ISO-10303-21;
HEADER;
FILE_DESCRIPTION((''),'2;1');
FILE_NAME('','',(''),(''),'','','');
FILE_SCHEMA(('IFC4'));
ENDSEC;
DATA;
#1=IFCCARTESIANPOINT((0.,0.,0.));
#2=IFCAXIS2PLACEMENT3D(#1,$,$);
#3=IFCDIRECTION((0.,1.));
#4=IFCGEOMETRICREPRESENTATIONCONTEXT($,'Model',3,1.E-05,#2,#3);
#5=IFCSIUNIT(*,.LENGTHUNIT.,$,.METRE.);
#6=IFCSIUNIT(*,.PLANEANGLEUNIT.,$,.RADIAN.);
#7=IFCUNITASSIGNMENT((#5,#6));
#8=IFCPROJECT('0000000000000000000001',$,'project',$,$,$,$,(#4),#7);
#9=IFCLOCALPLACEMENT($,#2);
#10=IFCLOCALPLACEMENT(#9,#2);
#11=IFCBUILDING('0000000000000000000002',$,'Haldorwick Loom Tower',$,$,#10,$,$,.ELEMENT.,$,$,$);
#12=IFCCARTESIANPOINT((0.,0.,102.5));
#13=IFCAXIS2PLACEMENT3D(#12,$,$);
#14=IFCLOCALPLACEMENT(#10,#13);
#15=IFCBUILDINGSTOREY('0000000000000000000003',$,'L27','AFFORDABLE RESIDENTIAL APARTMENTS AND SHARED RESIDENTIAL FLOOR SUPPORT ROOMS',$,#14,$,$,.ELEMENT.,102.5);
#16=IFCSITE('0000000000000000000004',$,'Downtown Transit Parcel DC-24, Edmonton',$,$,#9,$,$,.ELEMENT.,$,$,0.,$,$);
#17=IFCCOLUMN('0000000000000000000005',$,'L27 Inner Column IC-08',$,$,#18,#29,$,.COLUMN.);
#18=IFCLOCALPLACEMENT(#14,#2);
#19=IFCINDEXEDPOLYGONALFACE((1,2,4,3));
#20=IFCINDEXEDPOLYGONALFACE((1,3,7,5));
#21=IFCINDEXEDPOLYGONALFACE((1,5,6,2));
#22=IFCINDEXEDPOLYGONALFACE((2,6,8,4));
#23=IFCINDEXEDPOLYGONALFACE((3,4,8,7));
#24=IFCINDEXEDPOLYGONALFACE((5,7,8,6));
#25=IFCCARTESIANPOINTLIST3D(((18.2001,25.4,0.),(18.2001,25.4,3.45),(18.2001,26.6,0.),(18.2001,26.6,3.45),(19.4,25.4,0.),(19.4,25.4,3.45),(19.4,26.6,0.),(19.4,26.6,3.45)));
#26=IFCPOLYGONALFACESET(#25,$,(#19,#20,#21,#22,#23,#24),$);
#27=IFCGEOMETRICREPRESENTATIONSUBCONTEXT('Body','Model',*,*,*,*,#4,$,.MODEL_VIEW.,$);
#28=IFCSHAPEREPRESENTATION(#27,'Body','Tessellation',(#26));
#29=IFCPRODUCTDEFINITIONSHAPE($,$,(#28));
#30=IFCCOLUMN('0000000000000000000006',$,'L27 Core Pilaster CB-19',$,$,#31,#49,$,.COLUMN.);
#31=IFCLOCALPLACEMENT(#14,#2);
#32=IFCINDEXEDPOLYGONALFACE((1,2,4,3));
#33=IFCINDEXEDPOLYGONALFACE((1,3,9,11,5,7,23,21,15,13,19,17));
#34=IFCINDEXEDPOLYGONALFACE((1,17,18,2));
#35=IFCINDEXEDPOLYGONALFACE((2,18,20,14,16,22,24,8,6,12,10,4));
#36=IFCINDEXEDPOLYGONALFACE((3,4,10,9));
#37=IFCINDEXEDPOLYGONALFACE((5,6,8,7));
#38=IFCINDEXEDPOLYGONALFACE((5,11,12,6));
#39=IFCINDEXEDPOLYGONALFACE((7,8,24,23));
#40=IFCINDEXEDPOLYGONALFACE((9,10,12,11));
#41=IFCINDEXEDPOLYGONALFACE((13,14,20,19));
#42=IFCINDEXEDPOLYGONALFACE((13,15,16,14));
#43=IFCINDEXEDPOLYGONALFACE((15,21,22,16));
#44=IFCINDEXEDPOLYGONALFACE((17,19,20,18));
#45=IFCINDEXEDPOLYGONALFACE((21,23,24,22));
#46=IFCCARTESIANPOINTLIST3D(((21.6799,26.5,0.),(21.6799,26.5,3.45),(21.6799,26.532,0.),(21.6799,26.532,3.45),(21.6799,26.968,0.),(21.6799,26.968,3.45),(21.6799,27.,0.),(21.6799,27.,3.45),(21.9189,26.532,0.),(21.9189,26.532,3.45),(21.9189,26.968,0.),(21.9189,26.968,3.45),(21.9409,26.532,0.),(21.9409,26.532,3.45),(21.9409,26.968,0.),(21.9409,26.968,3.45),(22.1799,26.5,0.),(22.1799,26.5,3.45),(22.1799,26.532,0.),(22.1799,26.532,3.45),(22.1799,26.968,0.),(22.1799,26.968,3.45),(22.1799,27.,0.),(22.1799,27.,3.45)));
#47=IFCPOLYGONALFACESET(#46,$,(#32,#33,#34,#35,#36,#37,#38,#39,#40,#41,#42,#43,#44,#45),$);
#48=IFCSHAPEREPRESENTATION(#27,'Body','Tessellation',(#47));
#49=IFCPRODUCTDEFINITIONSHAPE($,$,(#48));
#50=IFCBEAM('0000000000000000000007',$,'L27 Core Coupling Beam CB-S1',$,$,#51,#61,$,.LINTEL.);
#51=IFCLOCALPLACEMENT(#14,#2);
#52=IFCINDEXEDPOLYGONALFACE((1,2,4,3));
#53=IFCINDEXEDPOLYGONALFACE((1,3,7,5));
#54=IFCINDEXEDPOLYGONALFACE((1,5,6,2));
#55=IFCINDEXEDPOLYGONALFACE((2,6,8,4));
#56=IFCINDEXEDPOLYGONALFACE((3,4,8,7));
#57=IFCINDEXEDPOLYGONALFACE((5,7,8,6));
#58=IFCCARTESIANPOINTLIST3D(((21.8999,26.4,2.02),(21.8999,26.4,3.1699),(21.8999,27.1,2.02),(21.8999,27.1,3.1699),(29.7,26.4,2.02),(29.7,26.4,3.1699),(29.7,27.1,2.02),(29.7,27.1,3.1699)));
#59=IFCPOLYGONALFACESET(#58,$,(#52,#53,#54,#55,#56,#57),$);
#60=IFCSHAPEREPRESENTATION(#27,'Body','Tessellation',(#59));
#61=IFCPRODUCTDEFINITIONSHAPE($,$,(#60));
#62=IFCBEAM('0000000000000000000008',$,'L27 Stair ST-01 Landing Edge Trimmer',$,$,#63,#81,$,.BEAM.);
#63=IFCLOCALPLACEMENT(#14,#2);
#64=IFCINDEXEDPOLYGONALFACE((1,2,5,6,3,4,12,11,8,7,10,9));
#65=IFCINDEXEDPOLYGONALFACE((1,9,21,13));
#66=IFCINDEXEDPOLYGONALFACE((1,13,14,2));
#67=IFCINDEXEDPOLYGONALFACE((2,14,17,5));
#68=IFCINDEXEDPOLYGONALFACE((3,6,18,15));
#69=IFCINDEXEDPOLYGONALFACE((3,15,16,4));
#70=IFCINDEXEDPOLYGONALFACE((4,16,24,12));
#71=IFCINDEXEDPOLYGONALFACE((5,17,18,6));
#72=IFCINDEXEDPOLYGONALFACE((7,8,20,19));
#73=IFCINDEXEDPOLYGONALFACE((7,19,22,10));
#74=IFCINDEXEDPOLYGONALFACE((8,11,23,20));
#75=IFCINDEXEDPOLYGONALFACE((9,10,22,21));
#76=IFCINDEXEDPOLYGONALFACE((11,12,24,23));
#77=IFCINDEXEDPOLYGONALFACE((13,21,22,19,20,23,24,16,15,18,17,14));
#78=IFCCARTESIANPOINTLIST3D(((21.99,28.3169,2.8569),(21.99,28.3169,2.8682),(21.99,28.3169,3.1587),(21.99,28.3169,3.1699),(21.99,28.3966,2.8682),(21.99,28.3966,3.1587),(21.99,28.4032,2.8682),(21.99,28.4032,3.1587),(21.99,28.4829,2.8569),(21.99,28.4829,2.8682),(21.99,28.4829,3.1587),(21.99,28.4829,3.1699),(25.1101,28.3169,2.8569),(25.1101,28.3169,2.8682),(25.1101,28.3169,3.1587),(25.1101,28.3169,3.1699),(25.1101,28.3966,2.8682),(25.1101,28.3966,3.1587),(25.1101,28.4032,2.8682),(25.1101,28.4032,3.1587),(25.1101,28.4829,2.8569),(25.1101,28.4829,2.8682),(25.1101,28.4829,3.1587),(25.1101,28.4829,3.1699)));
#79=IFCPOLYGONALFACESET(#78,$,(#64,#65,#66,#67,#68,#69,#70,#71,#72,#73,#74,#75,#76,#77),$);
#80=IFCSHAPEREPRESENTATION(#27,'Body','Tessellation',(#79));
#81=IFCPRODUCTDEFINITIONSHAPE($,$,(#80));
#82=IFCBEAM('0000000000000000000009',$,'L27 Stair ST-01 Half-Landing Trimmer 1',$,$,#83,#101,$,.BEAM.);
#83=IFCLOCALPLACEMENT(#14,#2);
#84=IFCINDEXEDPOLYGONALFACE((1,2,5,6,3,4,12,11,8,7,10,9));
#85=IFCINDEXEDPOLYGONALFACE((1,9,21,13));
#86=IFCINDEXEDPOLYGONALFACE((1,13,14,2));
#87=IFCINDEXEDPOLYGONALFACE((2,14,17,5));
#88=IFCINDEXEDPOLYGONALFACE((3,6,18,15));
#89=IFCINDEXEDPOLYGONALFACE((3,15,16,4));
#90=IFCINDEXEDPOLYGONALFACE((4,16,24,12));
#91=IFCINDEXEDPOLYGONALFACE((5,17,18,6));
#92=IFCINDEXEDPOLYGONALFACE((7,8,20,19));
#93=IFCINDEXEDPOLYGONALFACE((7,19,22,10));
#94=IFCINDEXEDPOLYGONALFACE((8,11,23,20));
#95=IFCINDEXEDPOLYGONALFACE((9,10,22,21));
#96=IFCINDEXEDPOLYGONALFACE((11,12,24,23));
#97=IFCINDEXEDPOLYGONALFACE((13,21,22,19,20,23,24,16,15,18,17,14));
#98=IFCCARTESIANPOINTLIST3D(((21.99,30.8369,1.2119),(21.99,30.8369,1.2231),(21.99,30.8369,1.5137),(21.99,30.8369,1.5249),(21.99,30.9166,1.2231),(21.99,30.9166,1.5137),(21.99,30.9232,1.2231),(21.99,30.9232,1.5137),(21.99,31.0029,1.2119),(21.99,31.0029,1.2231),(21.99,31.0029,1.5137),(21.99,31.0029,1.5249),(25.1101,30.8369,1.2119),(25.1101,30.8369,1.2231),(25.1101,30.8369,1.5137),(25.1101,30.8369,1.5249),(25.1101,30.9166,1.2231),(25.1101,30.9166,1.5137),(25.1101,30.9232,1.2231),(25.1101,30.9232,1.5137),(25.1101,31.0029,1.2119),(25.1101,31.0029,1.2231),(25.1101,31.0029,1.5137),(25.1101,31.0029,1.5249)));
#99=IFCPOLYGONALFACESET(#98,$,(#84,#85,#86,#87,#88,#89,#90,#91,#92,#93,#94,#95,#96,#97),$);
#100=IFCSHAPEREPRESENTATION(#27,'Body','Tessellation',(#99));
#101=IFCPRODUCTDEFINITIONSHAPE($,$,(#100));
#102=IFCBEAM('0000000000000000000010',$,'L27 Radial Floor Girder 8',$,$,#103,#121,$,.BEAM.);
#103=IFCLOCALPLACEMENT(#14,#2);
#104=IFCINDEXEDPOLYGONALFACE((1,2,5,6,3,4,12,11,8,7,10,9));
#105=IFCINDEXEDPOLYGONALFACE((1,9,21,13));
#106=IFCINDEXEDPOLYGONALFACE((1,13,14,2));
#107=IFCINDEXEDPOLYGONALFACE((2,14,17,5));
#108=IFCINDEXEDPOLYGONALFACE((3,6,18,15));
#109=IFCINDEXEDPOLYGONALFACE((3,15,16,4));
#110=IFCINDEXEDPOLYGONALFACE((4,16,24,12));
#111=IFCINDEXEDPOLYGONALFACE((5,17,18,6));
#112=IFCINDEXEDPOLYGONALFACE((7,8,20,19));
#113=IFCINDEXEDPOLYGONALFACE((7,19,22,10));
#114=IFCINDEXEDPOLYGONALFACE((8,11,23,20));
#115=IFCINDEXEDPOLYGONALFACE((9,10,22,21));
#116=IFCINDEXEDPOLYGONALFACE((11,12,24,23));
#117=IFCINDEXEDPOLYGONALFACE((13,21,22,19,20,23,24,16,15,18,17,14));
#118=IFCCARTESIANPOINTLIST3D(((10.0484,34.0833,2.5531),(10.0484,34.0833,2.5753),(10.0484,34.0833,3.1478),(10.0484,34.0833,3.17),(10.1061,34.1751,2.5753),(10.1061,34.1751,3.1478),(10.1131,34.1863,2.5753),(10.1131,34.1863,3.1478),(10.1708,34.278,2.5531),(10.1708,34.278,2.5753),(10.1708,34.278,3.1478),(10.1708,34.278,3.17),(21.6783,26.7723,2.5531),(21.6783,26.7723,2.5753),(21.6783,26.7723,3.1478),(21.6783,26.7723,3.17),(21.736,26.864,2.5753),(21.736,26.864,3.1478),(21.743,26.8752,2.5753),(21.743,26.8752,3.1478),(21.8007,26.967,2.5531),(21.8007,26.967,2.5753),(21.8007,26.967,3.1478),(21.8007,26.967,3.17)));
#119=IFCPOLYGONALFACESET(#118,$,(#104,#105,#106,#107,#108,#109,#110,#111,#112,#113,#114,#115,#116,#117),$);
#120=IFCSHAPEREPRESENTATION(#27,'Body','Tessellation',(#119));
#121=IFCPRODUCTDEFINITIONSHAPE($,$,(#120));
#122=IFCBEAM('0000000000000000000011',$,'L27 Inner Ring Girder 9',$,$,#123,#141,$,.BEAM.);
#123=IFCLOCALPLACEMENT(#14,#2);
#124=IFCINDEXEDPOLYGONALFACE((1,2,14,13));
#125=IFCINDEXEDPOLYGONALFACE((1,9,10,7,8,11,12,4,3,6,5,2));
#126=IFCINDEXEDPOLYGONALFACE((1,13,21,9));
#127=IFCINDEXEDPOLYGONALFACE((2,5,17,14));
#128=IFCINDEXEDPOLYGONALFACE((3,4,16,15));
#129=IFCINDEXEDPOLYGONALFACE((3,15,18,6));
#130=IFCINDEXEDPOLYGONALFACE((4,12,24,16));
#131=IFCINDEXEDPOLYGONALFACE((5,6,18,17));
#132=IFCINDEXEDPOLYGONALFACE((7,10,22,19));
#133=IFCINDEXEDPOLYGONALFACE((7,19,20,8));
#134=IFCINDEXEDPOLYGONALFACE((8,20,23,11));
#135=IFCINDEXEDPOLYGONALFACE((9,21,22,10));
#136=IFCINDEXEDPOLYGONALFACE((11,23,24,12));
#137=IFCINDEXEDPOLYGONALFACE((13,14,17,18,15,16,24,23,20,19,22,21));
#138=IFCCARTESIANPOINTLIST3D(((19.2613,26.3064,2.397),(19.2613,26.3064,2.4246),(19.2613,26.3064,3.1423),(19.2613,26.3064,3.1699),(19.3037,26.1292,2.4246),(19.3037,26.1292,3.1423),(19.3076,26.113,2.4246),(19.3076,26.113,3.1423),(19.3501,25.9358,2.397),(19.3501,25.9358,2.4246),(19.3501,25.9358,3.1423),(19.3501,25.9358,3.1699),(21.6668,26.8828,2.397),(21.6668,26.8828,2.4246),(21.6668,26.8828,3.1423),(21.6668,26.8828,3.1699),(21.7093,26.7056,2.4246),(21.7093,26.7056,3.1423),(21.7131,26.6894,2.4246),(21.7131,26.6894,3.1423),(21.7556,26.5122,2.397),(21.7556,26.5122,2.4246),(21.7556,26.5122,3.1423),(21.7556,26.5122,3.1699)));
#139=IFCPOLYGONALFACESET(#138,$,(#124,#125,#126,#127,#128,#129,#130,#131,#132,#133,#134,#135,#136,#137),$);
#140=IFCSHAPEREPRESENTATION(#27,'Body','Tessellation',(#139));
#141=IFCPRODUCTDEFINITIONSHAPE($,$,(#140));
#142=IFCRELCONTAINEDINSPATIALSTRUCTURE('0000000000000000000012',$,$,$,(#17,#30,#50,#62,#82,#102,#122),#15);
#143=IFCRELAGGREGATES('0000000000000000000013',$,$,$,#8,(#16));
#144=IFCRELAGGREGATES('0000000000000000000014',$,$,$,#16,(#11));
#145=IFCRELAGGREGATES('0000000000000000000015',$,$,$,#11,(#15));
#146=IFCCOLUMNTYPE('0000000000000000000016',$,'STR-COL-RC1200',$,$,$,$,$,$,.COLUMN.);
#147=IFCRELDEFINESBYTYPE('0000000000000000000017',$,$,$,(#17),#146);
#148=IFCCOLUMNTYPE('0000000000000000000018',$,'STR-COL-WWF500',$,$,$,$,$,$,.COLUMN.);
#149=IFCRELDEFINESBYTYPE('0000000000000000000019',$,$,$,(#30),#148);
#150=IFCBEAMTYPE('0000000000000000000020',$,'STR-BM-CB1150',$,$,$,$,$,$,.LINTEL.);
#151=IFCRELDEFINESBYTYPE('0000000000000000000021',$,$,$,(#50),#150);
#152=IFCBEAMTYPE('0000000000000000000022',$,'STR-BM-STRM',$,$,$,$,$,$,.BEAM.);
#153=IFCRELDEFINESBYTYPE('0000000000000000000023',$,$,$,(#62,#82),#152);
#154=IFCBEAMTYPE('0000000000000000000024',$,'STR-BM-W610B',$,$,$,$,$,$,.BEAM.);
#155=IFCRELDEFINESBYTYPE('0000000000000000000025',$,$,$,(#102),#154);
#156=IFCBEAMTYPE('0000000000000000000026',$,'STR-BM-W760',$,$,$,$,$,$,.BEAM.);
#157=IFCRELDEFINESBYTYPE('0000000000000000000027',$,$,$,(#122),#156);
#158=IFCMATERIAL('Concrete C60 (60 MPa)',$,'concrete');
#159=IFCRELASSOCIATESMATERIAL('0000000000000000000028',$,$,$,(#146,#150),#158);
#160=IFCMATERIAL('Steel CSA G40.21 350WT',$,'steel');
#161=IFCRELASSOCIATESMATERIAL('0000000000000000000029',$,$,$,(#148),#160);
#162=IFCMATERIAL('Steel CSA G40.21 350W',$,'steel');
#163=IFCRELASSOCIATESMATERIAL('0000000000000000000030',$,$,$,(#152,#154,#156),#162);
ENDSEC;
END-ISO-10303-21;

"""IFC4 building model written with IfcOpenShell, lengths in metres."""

from ifc_helpers import new_model, si_unit, direction, frame, origin, origin_2d, place, context, subcontext, project, spatial, rectangle, i_section, extrude, material, material_profile, profile_set, type_object, element, save


model = new_model("IFC4")

# Units and contexts
model_context = context("Model", 3, precision=1e-05, world=origin(), true_north=direction((0.0, 1.0)))
body_context = subcontext(model_context, "Body", "Model", "MODEL_VIEW")
ifc_project = project(units=[si_unit("LENGTHUNIT", "METRE"), si_unit("PLANEANGLEUNIT", "RADIAN")], contexts=[model_context])

# Site, building, storey
site_placement = place(None, origin())
site = spatial("IfcSite", under=ifc_project, at=site_placement, Name="Downtown Transit Parcel DC-24, Edmonton", CompositionType="ELEMENT", RefElevation=0.0)
building_placement = place(site_placement, origin())
building = spatial("IfcBuilding", under=site, at=building_placement, Name="Haldorwick Loom Tower", CompositionType="ELEMENT")
storey_placement = place(building_placement, frame((0.0, 0.0, 102.5)))
storey = spatial("IfcBuildingStorey", under=building, at=storey_placement, Name="L27", Description="AFFORDABLE RESIDENTIAL APARTMENTS AND SHARED RESIDENTIAL FLOOR SUPPORT ROOMS", CompositionType="ELEMENT", Elevation=102.5)

# Columns
ifc_material_1 = material(Name="Concrete C60 (60 MPa)", Category="concrete")
ifc_material_profile_1 = material_profile(ifc_material_1, rectangle(XDim=1.2, YDim=1.2, at=origin_2d()), Name="RC1200X1200", Category="concrete")
ifc_profile_set_1 = profile_set([ifc_material_profile_1], Name="Concrete C60 (60 MPa)")
column_type_1 = type_object("IfcColumnType", Name="STR-COL-RC1200", PredefinedType="COLUMN", material=ifc_profile_set_1)
column_1_placement = place(storey_placement, frame((18.8, 26.0, 0.0), z_axis=(0.0, 0.0, 1.0), x_axis=(1.0, 0.0, 0.0)))
element("IfcColumn", 1, at=column_1_placement, inside=storey, type_object=column_type_1, Name="L27 Inner Column IC-08", PredefinedType="COLUMN", context=body_context, shape_type="SweptSolid", body=[
    extrude(rectangle(XDim=1.2, YDim=1.2, at=origin_2d()), origin(), (0.0, 0.0, 1.0), 3.45),
])
ifc_material_2 = material(Name="Steel CSA G40.21 350WT", Category="steel")
ifc_material_profile_2 = material_profile(ifc_material_2, i_section(OverallWidth=0.5, OverallDepth=0.5, WebThickness=0.022, FlangeThickness=0.032, at=origin_2d()), Name="WWF500X500", Category="steel")
ifc_profile_set_2 = profile_set([ifc_material_profile_2], Name="Steel CSA G40.21 350WT")
column_type_2 = type_object("IfcColumnType", Name="STR-COL-WWF500", PredefinedType="COLUMN", material=ifc_profile_set_2)
column_2_placement = place(storey_placement, frame((21.9299, 26.75, 0.0), z_axis=(0.0, 0.0, 1.0), x_axis=(1.0, 0.0, 0.0)))
element("IfcColumn", 2, at=column_2_placement, inside=storey, type_object=column_type_2, Name="L27 Core Pilaster CB-19", PredefinedType="COLUMN", context=body_context, shape_type="SweptSolid", body=[
    extrude(i_section(OverallWidth=0.5, OverallDepth=0.5, WebThickness=0.022, FlangeThickness=0.032, at=origin_2d()), origin(), (0.0, 0.0, 1.0), 3.45),
])

# Beams
ifc_material_profile_3 = material_profile(ifc_material_1, rectangle(XDim=0.7, YDim=1.1499, at=origin_2d()), Name="RC700X1150", Category="concrete")
ifc_profile_set_3 = profile_set([ifc_material_profile_3], Name="Concrete C60 (60 MPa)")
beam_type_1 = type_object("IfcBeamType", Name="STR-BM-CB1150", PredefinedType="LINTEL", material=ifc_profile_set_3)
beam_1_placement = place(storey_placement, frame((21.8999, 26.75, 2.595), z_axis=(1.0, 0.0, 0.0), x_axis=(0.0, 1.0, 0.0)))
element("IfcBeam", 3, at=beam_1_placement, inside=storey, type_object=beam_type_1, Name="L27 Core Coupling Beam CB-S1", PredefinedType="LINTEL", context=body_context, shape_type="SweptSolid", body=[
    extrude(rectangle(XDim=0.7, YDim=1.1499, at=origin_2d()), origin(), (0.0, 0.0, 1.0), 7.8),
])
ifc_material_3 = material(Name="Steel CSA G40.21 350W", Category="steel")
ifc_material_profile_4 = material_profile(ifc_material_3, i_section(OverallWidth=0.166, OverallDepth=0.313, WebThickness=0.0066, FlangeThickness=0.0112, at=origin_2d()), Name="W310X45", Category="steel")
ifc_profile_set_4 = profile_set([ifc_material_profile_4], Name="Steel CSA G40.21 350W")
beam_type_2 = type_object("IfcBeamType", Name="STR-BM-STRM", PredefinedType="BEAM", material=ifc_profile_set_4)
for number, where, z_axis, x_axis, name in (
    (4, (21.99, 28.3999, 3.0134), (1.0, 0.0, 0.0), (0.0, 1.0, 0.0), "L27 Stair ST-01 Landing Edge Trimmer"),
    (5, (21.99, 30.9199, 1.3684), (1.0, 0.0, 0.0), (0.0, 1.0, 0.0), "L27 Stair ST-01 Half-Landing Trimmer 1"),
):
    element("IfcBeam", number, at=place(storey_placement, frame(where, z_axis=z_axis, x_axis=x_axis)), inside=storey, type_object=beam_type_2, Name=name, PredefinedType="BEAM", context=body_context, shape_type="SweptSolid", body=[
        extrude(i_section(OverallWidth=0.166, OverallDepth=0.313, WebThickness=0.0066, FlangeThickness=0.0112, at=origin_2d()), origin(), (0.0, 0.0, 1.0), 3.1201),
    ])
ifc_material_profile_5 = material_profile(ifc_material_3, i_section(OverallWidth=0.23, OverallDepth=0.6169, WebThickness=0.0132, FlangeThickness=0.0222, at=origin_2d()), Name="W610X140", Category="steel")
ifc_profile_set_5 = profile_set([ifc_material_profile_5], Name="Steel CSA G40.21 350W")
beam_type_3 = type_object("IfcBeamType", Name="STR-BM-W610B", PredefinedType="BEAM", material=ifc_profile_set_5)
beam_2_placement = place(storey_placement, frame((21.7395, 26.8696, 2.8616), z_axis=(-0.84661, 0.532214, 0.0), x_axis=(-0.532214, -0.84661, 0.0)))
element("IfcBeam", 6, at=beam_2_placement, inside=storey, type_object=beam_type_3, Name="L27 Radial Floor Girder 8", PredefinedType="BEAM", context=body_context, shape_type="SweptSolid", body=[
    extrude(i_section(OverallWidth=0.23, OverallDepth=0.6169, WebThickness=0.0132, FlangeThickness=0.0222, at=origin_2d()), origin(), (0.0, 0.0, 1.0), 13.7371),
])
ifc_material_profile_6 = material_profile(ifc_material_3, i_section(OverallWidth=0.3811, OverallDepth=0.7729, WebThickness=0.0166, FlangeThickness=0.0276, at=origin_2d()), Name="W760X257", Category="steel")
ifc_profile_set_6 = profile_set([ifc_material_profile_6], Name="Steel CSA G40.21 350W")
beam_type_4 = type_object("IfcBeamType", Name="STR-BM-W760", PredefinedType="BEAM", material=ifc_profile_set_6)
beam_3_placement = place(storey_placement, frame((19.3057, 26.1211, 2.7834), z_axis=(0.972471, 0.233026, 0.0), x_axis=(-0.233026, 0.972471, 0.0)))
element("IfcBeam", 7, at=beam_3_placement, inside=storey, type_object=beam_type_4, Name="L27 Inner Ring Girder 9", PredefinedType="BEAM", context=body_context, shape_type="SweptSolid", body=[
    extrude(i_section(OverallWidth=0.3811, OverallDepth=0.7729, WebThickness=0.0166, FlangeThickness=0.0276, at=origin_2d()), origin(), (0.0, 0.0, 1.0), 2.4736),
])

save(model, "model.ifc")
